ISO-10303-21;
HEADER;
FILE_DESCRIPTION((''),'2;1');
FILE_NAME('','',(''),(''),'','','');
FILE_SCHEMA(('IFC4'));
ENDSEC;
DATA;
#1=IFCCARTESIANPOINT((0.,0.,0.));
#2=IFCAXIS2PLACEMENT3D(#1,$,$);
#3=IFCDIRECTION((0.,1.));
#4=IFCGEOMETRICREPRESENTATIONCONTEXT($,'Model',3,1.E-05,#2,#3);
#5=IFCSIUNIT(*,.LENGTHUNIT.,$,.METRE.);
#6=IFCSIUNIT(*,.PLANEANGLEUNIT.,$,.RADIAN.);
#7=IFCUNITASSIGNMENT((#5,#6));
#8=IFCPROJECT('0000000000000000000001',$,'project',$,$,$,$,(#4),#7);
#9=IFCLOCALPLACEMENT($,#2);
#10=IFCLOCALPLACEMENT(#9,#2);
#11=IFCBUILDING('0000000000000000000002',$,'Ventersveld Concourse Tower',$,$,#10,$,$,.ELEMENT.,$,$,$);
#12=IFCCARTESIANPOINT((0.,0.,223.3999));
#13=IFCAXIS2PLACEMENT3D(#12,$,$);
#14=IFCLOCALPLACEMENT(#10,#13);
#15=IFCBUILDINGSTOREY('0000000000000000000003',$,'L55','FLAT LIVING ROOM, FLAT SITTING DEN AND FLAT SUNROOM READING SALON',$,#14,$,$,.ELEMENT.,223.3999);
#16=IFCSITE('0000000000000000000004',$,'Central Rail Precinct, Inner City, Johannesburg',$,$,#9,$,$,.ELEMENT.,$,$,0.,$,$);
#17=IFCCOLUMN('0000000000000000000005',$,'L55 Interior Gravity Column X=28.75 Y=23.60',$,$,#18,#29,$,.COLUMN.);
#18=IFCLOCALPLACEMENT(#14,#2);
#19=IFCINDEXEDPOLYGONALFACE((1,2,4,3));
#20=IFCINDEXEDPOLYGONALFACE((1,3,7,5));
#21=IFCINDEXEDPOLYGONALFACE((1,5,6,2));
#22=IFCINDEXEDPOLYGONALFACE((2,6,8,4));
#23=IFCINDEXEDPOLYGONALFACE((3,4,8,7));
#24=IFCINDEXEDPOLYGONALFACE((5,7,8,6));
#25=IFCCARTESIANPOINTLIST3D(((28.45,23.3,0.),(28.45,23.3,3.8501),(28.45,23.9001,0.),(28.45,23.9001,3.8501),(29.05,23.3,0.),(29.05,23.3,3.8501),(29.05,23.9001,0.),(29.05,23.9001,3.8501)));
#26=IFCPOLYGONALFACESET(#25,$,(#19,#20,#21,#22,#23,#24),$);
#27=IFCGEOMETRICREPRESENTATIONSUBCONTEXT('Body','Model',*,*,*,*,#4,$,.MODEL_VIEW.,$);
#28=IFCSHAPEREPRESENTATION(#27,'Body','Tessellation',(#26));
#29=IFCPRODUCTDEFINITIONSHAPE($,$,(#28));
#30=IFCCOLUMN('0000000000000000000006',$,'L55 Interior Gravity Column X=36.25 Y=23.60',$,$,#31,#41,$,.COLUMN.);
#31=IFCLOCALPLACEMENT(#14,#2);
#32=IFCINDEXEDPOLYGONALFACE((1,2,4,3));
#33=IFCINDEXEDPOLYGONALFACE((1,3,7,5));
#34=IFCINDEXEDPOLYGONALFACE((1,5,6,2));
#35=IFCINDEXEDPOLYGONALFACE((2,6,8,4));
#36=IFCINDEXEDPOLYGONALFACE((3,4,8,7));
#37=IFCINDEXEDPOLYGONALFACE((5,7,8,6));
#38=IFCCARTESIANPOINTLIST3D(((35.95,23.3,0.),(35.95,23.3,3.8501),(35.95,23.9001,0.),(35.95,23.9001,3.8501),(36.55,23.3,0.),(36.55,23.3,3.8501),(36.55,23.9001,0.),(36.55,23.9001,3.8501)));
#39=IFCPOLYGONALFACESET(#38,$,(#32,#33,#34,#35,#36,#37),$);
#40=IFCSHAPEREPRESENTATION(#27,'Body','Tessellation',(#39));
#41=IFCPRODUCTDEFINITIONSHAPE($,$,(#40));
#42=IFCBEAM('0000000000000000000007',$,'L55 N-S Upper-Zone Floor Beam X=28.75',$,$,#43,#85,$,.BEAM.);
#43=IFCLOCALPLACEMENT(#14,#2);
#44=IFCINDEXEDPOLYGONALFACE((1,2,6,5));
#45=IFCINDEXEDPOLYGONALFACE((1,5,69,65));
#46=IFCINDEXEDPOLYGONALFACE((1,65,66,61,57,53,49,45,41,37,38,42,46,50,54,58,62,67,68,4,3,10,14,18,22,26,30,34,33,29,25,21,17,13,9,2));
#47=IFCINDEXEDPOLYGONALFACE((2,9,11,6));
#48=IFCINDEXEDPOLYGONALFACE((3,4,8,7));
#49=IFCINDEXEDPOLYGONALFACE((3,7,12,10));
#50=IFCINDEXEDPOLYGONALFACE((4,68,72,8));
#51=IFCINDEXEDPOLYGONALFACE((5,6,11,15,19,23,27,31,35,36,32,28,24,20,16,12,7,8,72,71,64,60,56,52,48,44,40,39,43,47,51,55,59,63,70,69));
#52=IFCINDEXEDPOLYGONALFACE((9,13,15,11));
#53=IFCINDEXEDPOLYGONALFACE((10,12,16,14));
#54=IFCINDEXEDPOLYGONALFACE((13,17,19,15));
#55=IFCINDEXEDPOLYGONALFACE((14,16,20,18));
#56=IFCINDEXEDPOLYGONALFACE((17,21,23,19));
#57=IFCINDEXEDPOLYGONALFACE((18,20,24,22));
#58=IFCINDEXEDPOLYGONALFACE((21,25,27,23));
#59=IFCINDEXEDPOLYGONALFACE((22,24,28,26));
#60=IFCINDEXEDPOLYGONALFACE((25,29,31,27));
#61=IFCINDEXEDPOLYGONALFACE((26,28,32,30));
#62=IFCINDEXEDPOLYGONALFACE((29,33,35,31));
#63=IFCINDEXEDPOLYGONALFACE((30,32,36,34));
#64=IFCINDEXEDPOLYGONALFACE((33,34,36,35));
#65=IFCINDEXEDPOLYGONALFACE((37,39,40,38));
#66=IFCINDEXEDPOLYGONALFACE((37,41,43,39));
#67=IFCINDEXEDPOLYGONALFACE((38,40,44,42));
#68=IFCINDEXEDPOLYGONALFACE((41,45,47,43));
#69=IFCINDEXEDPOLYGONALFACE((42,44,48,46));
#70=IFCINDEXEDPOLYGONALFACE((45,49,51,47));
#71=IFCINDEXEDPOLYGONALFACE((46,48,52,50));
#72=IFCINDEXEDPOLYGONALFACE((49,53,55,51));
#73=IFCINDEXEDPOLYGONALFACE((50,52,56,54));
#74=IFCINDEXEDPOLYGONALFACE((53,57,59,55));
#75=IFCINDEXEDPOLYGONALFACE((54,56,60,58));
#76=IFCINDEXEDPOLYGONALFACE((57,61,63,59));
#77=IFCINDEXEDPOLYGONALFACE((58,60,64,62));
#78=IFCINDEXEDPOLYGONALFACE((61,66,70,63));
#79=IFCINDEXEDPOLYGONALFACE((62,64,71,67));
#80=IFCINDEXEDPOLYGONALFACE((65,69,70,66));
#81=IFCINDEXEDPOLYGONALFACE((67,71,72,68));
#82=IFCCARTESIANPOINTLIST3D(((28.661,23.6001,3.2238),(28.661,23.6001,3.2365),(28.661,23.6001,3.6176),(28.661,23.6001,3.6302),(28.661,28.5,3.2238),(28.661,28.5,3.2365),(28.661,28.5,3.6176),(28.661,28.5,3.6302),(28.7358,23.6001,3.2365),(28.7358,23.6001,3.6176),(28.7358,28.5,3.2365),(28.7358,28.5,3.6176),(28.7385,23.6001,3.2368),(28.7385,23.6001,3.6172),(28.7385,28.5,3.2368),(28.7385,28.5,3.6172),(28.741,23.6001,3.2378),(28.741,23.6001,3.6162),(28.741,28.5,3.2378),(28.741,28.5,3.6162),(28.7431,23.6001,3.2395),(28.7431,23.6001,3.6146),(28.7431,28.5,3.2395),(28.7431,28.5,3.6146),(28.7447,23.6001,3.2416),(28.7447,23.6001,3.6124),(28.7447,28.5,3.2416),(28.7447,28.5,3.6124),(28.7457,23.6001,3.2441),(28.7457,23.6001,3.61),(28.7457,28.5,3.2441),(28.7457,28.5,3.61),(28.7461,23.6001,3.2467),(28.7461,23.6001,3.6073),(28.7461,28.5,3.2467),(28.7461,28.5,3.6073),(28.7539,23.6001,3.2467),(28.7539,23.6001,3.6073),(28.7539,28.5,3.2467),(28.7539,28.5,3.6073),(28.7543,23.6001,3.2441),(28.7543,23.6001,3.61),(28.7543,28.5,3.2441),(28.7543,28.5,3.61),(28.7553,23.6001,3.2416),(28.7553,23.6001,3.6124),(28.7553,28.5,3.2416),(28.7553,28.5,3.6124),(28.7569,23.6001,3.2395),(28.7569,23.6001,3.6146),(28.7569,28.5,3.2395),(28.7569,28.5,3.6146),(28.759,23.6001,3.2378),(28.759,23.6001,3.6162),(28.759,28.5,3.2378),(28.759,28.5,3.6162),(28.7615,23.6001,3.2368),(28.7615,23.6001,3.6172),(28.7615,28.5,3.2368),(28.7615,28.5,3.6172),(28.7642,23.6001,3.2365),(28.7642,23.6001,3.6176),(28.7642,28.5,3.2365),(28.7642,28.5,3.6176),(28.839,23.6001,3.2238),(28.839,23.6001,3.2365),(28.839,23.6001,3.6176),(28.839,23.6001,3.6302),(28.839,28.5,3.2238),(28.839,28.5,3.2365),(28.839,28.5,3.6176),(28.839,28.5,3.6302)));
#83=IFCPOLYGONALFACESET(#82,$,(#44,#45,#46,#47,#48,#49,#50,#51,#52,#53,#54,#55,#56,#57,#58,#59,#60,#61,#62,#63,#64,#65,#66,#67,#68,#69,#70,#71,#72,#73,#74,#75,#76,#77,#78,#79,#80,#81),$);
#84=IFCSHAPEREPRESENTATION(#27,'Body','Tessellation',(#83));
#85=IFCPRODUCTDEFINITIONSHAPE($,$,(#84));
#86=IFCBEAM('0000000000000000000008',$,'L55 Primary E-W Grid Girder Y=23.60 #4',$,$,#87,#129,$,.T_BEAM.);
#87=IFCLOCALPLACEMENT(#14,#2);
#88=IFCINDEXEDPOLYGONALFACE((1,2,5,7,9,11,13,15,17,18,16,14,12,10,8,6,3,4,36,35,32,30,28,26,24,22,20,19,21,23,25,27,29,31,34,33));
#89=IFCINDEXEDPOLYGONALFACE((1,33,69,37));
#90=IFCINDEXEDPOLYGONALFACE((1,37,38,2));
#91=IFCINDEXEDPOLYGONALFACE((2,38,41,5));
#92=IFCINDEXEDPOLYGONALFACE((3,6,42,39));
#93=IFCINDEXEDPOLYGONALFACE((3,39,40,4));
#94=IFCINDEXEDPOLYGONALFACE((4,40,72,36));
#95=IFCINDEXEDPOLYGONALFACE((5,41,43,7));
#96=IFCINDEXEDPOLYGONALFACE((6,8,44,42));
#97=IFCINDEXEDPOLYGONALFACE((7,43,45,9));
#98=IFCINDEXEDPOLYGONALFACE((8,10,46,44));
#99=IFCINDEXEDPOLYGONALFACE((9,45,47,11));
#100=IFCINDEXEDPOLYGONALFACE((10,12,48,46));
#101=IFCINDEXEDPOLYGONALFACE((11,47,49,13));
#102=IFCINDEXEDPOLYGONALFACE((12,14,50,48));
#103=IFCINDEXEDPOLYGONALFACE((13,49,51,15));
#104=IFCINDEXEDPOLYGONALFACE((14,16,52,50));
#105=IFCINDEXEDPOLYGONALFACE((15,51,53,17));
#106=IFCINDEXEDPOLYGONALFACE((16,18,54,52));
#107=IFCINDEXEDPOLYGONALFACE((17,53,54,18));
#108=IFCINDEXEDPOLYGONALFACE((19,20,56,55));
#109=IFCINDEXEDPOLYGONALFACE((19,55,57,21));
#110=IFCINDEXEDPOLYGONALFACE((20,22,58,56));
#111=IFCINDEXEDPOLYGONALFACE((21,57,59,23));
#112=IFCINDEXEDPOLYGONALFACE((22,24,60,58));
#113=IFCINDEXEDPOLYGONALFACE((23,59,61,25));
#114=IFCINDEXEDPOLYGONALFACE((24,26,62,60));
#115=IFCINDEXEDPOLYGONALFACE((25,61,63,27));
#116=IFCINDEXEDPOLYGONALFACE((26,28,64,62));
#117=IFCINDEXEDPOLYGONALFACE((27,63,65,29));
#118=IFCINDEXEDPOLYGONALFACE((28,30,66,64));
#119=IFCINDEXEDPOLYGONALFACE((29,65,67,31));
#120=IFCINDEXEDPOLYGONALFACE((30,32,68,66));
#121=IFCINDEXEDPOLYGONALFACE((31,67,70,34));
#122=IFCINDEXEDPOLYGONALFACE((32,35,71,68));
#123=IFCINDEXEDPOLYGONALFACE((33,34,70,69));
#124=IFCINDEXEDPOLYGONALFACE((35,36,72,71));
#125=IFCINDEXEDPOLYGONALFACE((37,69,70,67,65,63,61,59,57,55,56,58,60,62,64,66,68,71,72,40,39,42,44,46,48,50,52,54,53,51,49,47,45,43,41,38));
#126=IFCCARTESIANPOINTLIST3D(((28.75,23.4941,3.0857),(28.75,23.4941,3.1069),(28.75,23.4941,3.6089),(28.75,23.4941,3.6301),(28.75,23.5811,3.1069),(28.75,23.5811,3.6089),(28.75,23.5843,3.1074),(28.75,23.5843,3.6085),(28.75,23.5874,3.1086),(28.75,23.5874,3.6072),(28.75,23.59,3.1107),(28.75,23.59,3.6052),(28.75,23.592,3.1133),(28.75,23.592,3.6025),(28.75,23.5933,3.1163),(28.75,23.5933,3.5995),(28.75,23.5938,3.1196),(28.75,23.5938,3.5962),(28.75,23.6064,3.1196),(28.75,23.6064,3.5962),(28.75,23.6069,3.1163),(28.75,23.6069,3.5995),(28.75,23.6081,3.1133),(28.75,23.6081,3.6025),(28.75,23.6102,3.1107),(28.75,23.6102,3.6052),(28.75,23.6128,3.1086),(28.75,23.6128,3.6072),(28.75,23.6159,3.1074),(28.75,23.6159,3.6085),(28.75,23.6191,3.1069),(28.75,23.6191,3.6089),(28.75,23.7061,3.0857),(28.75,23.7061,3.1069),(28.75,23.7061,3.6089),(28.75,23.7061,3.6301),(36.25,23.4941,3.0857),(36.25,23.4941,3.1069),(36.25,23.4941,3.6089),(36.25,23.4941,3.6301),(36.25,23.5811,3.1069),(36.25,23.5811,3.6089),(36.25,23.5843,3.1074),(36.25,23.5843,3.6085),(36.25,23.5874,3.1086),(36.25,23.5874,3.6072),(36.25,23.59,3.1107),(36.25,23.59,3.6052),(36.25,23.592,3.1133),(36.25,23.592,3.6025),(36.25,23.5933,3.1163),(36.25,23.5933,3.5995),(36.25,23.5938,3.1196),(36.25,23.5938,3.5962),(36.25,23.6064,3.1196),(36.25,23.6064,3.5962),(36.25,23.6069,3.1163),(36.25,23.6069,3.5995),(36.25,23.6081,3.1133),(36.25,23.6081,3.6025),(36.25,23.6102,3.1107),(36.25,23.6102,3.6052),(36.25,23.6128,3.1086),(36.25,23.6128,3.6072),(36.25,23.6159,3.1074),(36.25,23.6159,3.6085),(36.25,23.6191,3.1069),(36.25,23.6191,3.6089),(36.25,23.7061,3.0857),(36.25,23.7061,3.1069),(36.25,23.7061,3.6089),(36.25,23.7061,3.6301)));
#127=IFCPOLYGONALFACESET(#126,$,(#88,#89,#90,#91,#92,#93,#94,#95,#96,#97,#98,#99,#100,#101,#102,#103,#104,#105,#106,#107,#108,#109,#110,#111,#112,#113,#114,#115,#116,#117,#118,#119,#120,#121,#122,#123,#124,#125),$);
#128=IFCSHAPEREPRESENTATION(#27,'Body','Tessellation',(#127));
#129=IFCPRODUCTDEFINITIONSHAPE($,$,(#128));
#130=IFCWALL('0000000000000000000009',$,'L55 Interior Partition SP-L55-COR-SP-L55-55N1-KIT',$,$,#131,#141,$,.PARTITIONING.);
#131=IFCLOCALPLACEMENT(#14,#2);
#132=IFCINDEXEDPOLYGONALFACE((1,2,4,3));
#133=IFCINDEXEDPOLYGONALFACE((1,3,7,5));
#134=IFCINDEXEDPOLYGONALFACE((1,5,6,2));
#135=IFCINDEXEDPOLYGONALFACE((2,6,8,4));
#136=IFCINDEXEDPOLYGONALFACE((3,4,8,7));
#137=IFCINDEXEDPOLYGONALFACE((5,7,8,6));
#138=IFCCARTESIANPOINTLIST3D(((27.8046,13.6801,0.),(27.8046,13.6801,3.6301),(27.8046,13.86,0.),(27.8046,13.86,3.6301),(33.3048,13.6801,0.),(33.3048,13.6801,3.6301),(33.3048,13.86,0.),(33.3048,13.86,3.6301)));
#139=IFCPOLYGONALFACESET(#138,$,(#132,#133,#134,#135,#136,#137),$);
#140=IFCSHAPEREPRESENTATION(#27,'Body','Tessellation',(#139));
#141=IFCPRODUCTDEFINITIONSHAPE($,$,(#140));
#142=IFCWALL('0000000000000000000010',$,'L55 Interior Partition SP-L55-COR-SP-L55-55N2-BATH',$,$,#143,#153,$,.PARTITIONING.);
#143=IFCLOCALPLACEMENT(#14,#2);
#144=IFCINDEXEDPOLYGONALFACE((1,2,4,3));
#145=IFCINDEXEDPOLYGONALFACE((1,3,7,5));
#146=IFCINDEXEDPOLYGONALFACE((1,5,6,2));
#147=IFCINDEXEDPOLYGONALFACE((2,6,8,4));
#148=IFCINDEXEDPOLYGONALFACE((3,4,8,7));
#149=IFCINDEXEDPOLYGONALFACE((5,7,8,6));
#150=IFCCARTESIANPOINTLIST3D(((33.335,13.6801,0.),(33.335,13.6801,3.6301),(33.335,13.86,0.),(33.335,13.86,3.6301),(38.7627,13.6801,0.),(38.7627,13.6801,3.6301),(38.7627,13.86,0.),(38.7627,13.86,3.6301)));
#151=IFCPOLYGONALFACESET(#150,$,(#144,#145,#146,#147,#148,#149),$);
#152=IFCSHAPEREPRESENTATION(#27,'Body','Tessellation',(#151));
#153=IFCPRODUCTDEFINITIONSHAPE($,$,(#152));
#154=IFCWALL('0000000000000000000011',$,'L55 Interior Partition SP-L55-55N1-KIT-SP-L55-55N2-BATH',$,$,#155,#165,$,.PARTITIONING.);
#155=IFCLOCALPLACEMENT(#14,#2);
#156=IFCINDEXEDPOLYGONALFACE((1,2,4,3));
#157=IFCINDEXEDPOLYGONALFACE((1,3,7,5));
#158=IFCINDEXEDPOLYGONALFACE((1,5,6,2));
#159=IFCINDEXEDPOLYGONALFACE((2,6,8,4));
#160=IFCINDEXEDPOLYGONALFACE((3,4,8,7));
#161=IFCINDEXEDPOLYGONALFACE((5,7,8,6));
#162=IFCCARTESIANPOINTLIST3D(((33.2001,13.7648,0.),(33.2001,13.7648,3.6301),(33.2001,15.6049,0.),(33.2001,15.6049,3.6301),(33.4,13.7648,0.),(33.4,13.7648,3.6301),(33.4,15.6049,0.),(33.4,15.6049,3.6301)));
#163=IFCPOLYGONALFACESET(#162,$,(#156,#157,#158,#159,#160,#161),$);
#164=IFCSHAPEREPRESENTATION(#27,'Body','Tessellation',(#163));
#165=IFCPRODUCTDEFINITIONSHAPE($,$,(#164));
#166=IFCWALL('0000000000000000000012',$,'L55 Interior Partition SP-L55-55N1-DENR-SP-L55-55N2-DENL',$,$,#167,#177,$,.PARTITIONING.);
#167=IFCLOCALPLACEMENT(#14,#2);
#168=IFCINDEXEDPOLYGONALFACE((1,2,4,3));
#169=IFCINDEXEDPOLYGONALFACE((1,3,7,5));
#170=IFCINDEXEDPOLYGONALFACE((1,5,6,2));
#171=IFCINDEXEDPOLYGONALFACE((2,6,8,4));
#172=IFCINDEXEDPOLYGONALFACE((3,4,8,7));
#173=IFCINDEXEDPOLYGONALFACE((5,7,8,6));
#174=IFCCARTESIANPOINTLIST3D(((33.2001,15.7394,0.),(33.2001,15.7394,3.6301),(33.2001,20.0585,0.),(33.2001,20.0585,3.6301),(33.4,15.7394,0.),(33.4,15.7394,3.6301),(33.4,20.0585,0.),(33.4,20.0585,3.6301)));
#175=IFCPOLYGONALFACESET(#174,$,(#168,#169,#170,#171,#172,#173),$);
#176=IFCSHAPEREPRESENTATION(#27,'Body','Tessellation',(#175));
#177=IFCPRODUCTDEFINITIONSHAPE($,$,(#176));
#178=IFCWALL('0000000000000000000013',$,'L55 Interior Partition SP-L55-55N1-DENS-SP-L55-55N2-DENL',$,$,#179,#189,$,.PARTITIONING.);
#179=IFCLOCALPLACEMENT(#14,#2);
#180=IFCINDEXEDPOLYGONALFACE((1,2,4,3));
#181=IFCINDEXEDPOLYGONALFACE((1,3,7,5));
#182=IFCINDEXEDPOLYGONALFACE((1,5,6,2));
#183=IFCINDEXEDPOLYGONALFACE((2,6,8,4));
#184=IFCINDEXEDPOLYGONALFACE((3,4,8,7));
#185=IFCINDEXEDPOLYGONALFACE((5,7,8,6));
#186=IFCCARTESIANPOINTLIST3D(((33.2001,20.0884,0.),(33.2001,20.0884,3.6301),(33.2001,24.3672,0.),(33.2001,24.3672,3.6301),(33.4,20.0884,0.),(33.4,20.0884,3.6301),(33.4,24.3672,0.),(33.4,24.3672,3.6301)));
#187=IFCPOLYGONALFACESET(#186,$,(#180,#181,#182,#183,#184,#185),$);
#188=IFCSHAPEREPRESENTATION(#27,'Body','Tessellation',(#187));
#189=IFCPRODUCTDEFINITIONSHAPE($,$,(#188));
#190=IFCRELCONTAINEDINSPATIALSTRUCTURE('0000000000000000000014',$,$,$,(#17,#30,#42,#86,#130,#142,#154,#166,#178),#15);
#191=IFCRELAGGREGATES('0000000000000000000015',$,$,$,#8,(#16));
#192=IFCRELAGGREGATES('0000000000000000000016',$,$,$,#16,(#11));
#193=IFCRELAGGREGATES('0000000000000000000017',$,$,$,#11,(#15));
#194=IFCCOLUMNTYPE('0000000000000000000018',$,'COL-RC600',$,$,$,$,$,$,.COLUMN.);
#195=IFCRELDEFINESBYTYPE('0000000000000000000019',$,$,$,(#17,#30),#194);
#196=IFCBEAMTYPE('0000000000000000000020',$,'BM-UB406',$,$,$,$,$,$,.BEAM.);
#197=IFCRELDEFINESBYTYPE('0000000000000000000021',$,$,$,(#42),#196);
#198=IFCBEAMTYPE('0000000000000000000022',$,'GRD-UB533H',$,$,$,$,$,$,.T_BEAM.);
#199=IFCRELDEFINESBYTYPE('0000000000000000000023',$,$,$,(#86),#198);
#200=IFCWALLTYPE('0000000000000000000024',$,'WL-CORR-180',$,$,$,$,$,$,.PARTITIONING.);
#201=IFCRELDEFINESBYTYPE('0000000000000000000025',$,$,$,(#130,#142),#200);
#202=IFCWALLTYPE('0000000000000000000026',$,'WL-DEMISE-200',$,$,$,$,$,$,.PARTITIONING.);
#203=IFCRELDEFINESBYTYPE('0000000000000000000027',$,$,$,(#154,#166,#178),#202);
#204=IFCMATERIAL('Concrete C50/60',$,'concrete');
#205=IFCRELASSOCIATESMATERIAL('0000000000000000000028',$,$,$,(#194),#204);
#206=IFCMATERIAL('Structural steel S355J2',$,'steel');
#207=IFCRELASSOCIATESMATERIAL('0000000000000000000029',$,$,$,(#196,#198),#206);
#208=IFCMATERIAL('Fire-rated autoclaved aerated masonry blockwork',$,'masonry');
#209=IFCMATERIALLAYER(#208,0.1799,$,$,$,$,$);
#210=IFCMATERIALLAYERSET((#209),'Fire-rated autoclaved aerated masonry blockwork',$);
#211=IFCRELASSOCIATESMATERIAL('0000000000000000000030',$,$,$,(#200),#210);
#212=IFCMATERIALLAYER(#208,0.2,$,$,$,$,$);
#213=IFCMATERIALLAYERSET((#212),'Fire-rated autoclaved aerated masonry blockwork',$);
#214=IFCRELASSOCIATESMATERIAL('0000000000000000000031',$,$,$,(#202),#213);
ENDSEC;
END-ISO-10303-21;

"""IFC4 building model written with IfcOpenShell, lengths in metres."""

from ifc_helpers import new_model, si_unit, direction, frame, frame_2d, origin, origin_2d, place, context, subcontext, project, spatial, rectangle, i_section, extrude, material, layer, layer_set, material_profile, profile_set, type_object, element, save


model = new_model("IFC4")

# Units and contexts
model_context = context("Model", 3, precision=1e-05, world=origin(), true_north=direction((0.0, 1.0)))
body_context = subcontext(model_context, "Body", "Model", "MODEL_VIEW")
ifc_project = project(units=[si_unit("LENGTHUNIT", "METRE"), si_unit("PLANEANGLEUNIT", "RADIAN")], contexts=[model_context])

# Site, building, storey
site_placement = place(None, origin())
site = spatial("IfcSite", under=ifc_project, at=site_placement, Name="Central Rail Precinct, Inner City, Johannesburg", CompositionType="ELEMENT", RefElevation=0.0)
building_placement = place(site_placement, origin())
building = spatial("IfcBuilding", under=site, at=building_placement, Name="Ventersveld Concourse Tower", CompositionType="ELEMENT")
storey_placement = place(building_placement, frame((0.0, 0.0, 223.3999)))
storey = spatial("IfcBuildingStorey", under=building, at=storey_placement, Name="L55", Description="FLAT LIVING ROOM, FLAT SITTING DEN AND FLAT SUNROOM READING SALON", CompositionType="ELEMENT", Elevation=223.3999)

# Columns
ifc_material_1 = material(Name="Concrete C50/60", Category="concrete")
ifc_material_profile_1 = material_profile(ifc_material_1, rectangle(XDim=0.6001, YDim=0.6001, at=origin_2d()), Name="RC 600x600")
ifc_profile_set_1 = profile_set([ifc_material_profile_1], Name="Concrete C50/60")
column_type = type_object("IfcColumnType", Name="COL-RC600", PredefinedType="COLUMN", material=ifc_profile_set_1)
for number, where, z_axis, x_axis, name in (
    (1, (28.75, 23.6001, 0.0), (0.0, 0.0, 1.0), (1.0, 0.0, 0.0), "L55 Interior Gravity Column X=28.75 Y=23.60"),
    (2, (36.25, 23.6001, 0.0), (0.0, 0.0, 1.0), (1.0, 0.0, 0.0), "L55 Interior Gravity Column X=36.25 Y=23.60"),
):
    element("IfcColumn", number, at=place(storey_placement, frame(where, z_axis=z_axis, x_axis=x_axis)), inside=storey, type_object=column_type, Name=name, PredefinedType="COLUMN", context=body_context, shape_type="SweptSolid", body=[
        extrude(rectangle(XDim=0.6001, YDim=0.6001, at=origin_2d()), origin(), (0.0, 0.0, 1.0), 3.8501),
    ])

# Beams
ifc_material_2 = material(Name="Structural steel S355J2", Category="steel")
ifc_material_profile_2 = material_profile(ifc_material_2, i_section(OverallWidth=0.178, OverallDepth=0.4065, WebThickness=0.0078, FlangeThickness=0.0127, FilletRadius=0.0103, at=origin_2d()), Name="UB 406x178x60")
ifc_profile_set_2 = profile_set([ifc_material_profile_2], Name="Structural steel S355J2")
beam_type_1 = type_object("IfcBeamType", Name="BM-UB406", PredefinedType="BEAM", material=ifc_profile_set_2)
beam_1_placement = place(storey_placement, frame((28.75, 23.6001, 3.427), z_axis=(0.0, 1.0, 0.0), x_axis=(-1.0, 0.0, 0.0)))
element("IfcBeam", 3, at=beam_1_placement, inside=storey, type_object=beam_type_1, Name="L55 N-S Upper-Zone Floor Beam X=28.75", PredefinedType="BEAM", context=body_context, shape_type="SweptSolid", body=[
    extrude(i_section(OverallWidth=0.178, OverallDepth=0.4065, WebThickness=0.0078, FlangeThickness=0.0127, FilletRadius=0.0103, at=origin_2d()), origin(), (0.0, 0.0, 1.0), 4.8999),
])
ifc_material_profile_3 = material_profile(ifc_material_2, i_section(OverallWidth=0.2119, OverallDepth=0.5444, WebThickness=0.0127, FlangeThickness=0.0212, FilletRadius=0.0127, at=origin_2d()), Name="UB 533x210x122")
ifc_profile_set_3 = profile_set([ifc_material_profile_3], Name="Structural steel S355J2")
beam_type_2 = type_object("IfcBeamType", Name="GRD-UB533H", PredefinedType="T_BEAM", material=ifc_profile_set_3)
beam_2_placement = place(storey_placement, frame((28.75, 23.6001, 3.3579), z_axis=(1.0, 0.0, 0.0), x_axis=(0.0, 1.0, 0.0)))
element("IfcBeam", 4, at=beam_2_placement, inside=storey, type_object=beam_type_2, Name="L55 Primary E-W Grid Girder Y=23.60 #4", PredefinedType="T_BEAM", context=body_context, shape_type="SweptSolid", body=[
    extrude(i_section(OverallWidth=0.2119, OverallDepth=0.5444, WebThickness=0.0127, FlangeThickness=0.0212, FilletRadius=0.0127, at=origin_2d()), origin(), (0.0, 0.0, 1.0), 7.5),
])

# Walls
ifc_material_3 = material(Name="Fire-rated autoclaved aerated masonry blockwork", Category="masonry")
ifc_layer_1 = layer(ifc_material_3, 0.1799)
ifc_layer_set_1 = layer_set([ifc_layer_1], Name="Fire-rated autoclaved aerated masonry blockwork")
wall_type_1 = type_object("IfcWallType", Name="WL-CORR-180", PredefinedType="PARTITIONING", material=ifc_layer_set_1)
wall_1_placement = place(storey_placement, frame((27.8047, 13.77, 0.0), z_axis=(0.0, 0.0, 1.0), x_axis=(1.0, 0.0, 0.0)))
element("IfcWall", 5, at=wall_1_placement, inside=storey, type_object=wall_type_1, Name="L55 Interior Partition SP-L55-COR-SP-L55-55N1-KIT", PredefinedType="PARTITIONING", context=body_context, shape_type="SweptSolid", body=[
    extrude(rectangle(XDim=5.5002, YDim=0.1799, at=frame_2d((2.75, 0.0))), origin(), (0.0, 0.0, 1.0), 3.6301),
])
wall_2_placement = place(storey_placement, frame((33.335, 13.77, 0.0), z_axis=(0.0, 0.0, 1.0), x_axis=(1.0, 0.0, 0.0)))
element("IfcWall", 6, at=wall_2_placement, inside=storey, type_object=wall_type_1, Name="L55 Interior Partition SP-L55-COR-SP-L55-55N2-BATH", PredefinedType="PARTITIONING", context=body_context, shape_type="SweptSolid", body=[
    extrude(rectangle(XDim=5.4277, YDim=0.1799, at=frame_2d((2.7139, 0.0))), origin(), (0.0, 0.0, 1.0), 3.6301),
])
ifc_layer_2 = layer(ifc_material_3, 0.2)
ifc_layer_set_2 = layer_set([ifc_layer_2], Name="Fire-rated autoclaved aerated masonry blockwork")
wall_type_2 = type_object("IfcWallType", Name="WL-DEMISE-200", PredefinedType="PARTITIONING", material=ifc_layer_set_2)
wall_3_placement = place(storey_placement, frame((33.3, 13.7649, 0.0), z_axis=(0.0, 0.0, 1.0), x_axis=(0.0, 1.0, 0.0)))
element("IfcWall", 7, at=wall_3_placement, inside=storey, type_object=wall_type_2, Name="L55 Interior Partition SP-L55-55N1-KIT-SP-L55-55N2-BATH", PredefinedType="PARTITIONING", context=body_context, shape_type="SweptSolid", body=[
    extrude(rectangle(XDim=1.8401, YDim=0.2, at=frame_2d((0.9199, 0.0))), origin(), (0.0, 0.0, 1.0), 3.6301),
])
wall_4_placement = place(storey_placement, frame((33.3, 15.7393, 0.0), z_axis=(0.0, 0.0, 1.0), x_axis=(0.0, 1.0, 0.0)))
element("IfcWall", 8, at=wall_4_placement, inside=storey, type_object=wall_type_2, Name="L55 Interior Partition SP-L55-55N1-DENR-SP-L55-55N2-DENL", PredefinedType="PARTITIONING", context=body_context, shape_type="SweptSolid", body=[
    extrude(rectangle(XDim=4.3191, YDim=0.2, at=frame_2d((2.1597, 0.0))), origin(), (0.0, 0.0, 1.0), 3.6301),
])
wall_5_placement = place(storey_placement, frame((33.3, 20.0884, 0.0), z_axis=(0.0, 0.0, 1.0), x_axis=(0.0, 1.0, 0.0)))
element("IfcWall", 9, at=wall_5_placement, inside=storey, type_object=wall_type_2, Name="L55 Interior Partition SP-L55-55N1-DENS-SP-L55-55N2-DENL", PredefinedType="PARTITIONING", context=body_context, shape_type="SweptSolid", body=[
    extrude(rectangle(XDim=4.2788, YDim=0.2, at=frame_2d((2.1394, 0.0))), origin(), (0.0, 0.0, 1.0), 3.6301),
])

save(model, "model.ifc")
